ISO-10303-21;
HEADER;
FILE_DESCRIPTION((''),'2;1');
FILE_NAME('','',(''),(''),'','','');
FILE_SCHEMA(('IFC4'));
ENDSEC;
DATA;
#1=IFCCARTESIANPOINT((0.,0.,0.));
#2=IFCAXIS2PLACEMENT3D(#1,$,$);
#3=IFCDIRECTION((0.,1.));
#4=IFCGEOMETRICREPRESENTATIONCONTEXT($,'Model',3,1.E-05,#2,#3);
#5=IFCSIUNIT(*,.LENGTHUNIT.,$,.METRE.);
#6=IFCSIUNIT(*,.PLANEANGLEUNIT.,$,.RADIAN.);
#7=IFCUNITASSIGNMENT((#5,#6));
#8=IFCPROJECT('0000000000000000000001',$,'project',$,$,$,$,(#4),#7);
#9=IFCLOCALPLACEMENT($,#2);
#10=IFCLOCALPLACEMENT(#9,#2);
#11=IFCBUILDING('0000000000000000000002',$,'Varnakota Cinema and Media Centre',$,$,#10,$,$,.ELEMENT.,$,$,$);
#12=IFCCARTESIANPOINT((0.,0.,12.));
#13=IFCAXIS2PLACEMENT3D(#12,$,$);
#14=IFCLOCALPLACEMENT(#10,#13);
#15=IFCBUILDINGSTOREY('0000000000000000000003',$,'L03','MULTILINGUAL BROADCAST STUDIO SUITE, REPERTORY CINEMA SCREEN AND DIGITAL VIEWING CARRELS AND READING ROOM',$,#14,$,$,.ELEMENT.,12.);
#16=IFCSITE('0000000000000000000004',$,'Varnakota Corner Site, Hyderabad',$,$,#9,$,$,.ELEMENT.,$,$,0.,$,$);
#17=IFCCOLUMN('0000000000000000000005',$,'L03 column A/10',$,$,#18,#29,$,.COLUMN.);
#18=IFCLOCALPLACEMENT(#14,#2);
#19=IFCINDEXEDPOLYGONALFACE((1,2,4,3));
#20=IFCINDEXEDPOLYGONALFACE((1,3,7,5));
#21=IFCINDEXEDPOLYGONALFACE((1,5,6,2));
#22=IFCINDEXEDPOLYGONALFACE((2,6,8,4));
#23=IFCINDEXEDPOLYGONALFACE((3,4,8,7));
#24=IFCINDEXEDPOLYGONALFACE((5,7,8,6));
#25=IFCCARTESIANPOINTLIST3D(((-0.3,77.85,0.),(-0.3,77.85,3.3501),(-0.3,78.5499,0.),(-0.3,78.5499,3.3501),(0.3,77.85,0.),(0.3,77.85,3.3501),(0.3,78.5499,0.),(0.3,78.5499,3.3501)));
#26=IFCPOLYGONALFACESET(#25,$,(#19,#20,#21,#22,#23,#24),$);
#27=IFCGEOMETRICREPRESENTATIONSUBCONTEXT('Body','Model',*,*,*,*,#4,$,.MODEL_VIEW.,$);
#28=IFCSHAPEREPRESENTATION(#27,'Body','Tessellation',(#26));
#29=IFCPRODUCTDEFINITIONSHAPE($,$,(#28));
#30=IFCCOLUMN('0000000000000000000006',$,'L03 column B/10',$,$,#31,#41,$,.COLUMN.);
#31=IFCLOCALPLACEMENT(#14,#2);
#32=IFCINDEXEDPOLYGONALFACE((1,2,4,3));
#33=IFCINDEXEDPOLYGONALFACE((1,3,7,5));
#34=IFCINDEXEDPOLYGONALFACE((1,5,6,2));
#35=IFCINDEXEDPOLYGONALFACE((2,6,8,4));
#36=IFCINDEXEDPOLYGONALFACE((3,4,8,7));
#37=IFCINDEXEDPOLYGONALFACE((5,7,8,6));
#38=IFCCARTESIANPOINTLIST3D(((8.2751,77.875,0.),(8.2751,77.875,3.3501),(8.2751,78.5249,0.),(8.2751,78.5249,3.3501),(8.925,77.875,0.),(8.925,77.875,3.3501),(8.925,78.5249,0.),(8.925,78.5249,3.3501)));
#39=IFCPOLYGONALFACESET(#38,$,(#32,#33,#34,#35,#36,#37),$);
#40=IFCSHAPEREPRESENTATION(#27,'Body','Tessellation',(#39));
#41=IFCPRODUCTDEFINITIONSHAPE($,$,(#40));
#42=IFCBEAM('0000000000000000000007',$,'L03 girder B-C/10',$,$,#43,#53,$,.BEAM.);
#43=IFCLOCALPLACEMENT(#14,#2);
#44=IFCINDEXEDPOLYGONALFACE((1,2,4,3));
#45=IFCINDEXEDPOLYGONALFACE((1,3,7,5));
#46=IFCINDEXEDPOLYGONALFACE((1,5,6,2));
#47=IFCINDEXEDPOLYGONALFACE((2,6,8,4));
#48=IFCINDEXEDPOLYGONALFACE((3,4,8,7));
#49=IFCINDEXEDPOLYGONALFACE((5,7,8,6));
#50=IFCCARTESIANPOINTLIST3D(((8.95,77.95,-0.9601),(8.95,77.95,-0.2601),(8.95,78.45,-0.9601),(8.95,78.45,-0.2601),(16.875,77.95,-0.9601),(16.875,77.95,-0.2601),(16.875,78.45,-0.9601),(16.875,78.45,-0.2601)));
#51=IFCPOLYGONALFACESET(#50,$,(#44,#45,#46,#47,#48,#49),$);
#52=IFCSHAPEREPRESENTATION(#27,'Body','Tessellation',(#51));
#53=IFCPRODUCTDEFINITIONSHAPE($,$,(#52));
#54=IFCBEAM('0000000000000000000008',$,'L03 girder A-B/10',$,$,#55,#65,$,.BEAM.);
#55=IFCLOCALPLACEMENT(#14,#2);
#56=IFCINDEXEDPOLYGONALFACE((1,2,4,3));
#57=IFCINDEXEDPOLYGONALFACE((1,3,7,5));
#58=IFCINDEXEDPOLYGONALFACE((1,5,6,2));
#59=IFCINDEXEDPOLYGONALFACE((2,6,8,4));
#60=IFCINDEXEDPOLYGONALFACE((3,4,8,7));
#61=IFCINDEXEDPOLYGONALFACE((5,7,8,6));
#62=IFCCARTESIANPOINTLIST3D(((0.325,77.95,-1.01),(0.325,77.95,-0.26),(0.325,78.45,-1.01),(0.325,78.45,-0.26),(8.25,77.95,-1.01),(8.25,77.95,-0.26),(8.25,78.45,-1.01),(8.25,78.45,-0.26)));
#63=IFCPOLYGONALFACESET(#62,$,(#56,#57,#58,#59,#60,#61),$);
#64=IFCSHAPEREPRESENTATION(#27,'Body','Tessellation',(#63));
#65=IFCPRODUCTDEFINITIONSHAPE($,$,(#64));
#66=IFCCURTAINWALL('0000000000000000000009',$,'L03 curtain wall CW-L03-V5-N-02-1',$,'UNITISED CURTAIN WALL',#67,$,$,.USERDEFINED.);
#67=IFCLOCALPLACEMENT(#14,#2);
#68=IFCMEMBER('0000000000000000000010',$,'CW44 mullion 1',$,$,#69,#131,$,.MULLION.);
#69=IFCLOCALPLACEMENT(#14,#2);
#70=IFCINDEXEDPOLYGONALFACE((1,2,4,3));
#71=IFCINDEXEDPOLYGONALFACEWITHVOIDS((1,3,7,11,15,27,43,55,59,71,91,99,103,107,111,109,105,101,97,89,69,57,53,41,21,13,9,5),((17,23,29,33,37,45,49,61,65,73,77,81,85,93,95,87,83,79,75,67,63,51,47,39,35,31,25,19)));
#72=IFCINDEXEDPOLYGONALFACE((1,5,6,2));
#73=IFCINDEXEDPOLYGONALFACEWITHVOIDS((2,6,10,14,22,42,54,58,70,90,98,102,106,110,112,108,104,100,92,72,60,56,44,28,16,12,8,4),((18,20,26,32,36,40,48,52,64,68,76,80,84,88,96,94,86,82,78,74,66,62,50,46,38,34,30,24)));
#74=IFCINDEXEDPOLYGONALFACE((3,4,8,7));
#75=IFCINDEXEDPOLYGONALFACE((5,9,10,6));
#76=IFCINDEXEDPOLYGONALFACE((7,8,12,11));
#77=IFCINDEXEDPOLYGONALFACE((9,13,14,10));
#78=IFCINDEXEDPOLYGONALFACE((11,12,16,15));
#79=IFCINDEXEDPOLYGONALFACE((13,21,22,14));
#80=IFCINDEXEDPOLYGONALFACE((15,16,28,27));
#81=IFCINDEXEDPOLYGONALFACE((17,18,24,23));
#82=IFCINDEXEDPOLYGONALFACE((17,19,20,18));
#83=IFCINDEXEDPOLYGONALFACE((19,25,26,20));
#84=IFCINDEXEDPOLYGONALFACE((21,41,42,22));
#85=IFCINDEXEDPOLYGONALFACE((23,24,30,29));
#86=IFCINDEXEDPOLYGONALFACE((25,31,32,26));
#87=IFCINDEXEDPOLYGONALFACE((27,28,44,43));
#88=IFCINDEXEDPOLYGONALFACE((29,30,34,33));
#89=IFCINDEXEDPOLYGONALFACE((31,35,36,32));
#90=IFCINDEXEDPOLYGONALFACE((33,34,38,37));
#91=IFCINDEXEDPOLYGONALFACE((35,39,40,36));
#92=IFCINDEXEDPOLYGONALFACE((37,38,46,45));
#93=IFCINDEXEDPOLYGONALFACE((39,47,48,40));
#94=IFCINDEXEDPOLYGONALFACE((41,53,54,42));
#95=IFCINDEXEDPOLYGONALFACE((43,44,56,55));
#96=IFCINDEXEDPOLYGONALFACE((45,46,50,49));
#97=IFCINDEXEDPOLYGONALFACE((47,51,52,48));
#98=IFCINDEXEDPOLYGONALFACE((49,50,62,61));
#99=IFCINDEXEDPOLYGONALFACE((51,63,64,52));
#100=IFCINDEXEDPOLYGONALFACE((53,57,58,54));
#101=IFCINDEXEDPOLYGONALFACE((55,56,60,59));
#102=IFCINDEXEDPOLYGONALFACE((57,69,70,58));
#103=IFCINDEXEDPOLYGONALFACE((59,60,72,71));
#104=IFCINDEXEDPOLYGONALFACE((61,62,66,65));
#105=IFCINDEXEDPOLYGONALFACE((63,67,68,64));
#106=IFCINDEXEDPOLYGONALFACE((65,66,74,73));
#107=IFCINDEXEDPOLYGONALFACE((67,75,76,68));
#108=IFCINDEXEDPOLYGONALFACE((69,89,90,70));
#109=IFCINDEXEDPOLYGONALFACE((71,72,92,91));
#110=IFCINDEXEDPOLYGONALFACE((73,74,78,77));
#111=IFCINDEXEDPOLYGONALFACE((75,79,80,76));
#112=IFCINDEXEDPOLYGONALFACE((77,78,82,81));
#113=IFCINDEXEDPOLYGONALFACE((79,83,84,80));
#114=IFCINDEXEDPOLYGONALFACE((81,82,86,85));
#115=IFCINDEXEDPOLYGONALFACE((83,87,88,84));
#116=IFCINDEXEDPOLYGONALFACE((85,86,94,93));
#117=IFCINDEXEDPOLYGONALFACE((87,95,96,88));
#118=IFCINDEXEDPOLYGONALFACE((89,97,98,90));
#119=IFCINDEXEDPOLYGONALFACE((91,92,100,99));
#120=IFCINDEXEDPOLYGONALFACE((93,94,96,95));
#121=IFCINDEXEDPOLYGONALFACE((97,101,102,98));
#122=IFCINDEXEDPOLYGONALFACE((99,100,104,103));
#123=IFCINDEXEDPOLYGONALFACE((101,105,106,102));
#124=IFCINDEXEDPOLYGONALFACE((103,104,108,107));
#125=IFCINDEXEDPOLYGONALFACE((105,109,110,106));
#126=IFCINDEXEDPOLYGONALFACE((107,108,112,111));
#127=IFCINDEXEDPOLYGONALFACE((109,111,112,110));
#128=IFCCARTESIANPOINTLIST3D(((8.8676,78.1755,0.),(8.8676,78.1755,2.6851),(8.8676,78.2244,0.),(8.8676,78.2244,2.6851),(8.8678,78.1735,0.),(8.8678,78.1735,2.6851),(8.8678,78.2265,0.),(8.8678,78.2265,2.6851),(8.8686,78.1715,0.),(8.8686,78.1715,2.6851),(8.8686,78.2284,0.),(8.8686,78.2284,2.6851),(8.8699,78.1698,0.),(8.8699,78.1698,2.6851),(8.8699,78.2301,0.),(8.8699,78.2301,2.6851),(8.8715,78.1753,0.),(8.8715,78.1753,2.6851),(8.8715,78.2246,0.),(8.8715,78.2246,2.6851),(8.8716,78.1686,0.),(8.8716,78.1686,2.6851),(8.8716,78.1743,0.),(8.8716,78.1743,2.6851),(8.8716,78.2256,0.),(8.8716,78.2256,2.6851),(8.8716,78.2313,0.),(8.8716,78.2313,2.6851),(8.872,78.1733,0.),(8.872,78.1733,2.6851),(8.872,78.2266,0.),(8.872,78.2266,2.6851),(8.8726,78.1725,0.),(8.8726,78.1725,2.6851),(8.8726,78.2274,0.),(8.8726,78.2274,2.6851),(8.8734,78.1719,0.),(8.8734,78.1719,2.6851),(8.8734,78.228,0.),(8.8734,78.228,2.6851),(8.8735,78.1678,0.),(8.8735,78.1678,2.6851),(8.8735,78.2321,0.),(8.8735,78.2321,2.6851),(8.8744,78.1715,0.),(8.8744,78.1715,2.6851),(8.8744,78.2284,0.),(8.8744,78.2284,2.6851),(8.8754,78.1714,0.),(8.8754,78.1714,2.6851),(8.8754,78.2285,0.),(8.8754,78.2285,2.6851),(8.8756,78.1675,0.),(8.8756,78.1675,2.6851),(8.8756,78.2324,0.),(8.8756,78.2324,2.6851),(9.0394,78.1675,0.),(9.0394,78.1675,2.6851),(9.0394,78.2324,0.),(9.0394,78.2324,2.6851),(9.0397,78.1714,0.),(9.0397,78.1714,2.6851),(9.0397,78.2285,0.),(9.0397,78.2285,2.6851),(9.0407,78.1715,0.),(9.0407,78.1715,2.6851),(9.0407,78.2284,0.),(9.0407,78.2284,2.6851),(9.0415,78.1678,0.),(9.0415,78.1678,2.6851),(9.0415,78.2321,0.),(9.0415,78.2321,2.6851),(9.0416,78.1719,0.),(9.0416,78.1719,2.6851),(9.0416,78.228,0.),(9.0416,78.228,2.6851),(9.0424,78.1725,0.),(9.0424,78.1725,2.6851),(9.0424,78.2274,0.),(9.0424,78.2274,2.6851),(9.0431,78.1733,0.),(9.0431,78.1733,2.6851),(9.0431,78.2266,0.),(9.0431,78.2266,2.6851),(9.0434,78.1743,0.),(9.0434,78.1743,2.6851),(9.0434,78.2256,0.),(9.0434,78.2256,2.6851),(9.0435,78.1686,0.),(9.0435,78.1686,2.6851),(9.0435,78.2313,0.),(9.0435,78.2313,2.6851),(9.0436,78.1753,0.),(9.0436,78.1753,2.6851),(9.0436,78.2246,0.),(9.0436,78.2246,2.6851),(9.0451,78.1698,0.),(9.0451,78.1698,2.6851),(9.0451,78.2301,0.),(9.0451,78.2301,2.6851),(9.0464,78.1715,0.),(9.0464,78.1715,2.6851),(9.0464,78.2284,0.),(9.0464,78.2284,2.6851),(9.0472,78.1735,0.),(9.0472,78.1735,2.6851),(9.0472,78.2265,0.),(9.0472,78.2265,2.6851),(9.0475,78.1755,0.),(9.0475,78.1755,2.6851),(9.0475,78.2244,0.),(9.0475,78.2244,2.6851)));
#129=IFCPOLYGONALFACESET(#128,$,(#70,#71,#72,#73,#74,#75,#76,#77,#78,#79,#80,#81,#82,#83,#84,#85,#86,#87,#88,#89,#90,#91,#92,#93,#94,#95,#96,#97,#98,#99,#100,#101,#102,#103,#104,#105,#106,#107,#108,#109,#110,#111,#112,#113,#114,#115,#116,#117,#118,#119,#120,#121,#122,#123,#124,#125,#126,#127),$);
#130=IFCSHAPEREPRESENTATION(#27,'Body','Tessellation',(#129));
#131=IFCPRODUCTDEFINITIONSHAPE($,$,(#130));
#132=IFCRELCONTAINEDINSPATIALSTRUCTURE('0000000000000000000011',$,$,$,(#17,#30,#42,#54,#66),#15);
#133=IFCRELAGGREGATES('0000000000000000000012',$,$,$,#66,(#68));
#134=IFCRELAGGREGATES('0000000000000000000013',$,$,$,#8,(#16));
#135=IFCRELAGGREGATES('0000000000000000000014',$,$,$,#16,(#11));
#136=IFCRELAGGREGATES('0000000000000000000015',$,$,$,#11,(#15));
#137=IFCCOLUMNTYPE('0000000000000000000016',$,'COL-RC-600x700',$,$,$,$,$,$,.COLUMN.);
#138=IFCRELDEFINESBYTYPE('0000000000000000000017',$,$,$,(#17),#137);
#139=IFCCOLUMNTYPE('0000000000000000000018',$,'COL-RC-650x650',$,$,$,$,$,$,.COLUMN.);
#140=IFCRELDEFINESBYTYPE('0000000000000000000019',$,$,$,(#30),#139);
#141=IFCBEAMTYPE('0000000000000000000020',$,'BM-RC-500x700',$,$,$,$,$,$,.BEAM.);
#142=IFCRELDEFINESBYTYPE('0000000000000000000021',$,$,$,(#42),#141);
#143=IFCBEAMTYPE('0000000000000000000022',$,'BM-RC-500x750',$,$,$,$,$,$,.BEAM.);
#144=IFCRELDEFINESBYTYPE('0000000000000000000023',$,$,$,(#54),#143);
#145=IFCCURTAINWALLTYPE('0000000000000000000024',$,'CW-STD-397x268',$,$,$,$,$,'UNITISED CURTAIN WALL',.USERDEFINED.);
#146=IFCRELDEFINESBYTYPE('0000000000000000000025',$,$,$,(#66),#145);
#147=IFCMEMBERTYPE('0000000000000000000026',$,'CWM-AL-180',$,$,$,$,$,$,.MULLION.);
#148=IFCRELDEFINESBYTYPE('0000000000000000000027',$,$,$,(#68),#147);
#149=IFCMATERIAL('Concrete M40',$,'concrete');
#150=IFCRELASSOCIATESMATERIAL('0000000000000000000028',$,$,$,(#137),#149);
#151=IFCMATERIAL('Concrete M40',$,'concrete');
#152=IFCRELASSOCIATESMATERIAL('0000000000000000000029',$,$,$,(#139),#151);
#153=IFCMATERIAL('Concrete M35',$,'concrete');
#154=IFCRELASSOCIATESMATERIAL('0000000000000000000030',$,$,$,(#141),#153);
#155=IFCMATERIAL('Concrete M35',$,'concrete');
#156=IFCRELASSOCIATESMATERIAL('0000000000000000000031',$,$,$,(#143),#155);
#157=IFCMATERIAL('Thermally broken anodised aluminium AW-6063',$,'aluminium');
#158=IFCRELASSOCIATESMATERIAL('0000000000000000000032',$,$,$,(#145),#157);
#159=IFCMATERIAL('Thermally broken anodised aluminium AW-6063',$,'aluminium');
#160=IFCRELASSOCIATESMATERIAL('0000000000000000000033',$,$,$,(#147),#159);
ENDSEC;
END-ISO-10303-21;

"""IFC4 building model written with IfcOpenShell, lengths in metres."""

from ifc_helpers import new_model, si_unit, direction, frame, origin, origin_2d, place, context, subcontext, project, spatial, rectangle, hollow_rectangle, extrude, material, material_profile, profile_set, type_object, element, aggregate, save


model = new_model("IFC4")

# Units and contexts
model_context = context("Model", 3, precision=1e-05, world=origin(), true_north=direction((0.0, 1.0)))
body_context = subcontext(model_context, "Body", "Model", "MODEL_VIEW")
ifc_project = project(units=[si_unit("LENGTHUNIT", "METRE"), si_unit("PLANEANGLEUNIT", "RADIAN")], contexts=[model_context])

# Site, building, storey
site_placement = place(None, origin())
site = spatial("IfcSite", under=ifc_project, at=site_placement, Name="Varnakota Corner Site, Hyderabad", CompositionType="ELEMENT", RefElevation=0.0)
building_placement = place(site_placement, origin())
building = spatial("IfcBuilding", under=site, at=building_placement, Name="Varnakota Cinema and Media Centre", CompositionType="ELEMENT")
storey_placement = place(building_placement, frame((0.0, 0.0, 12.0)))
storey = spatial("IfcBuildingStorey", under=building, at=storey_placement, Name="L03", Description="MULTILINGUAL BROADCAST STUDIO SUITE, REPERTORY CINEMA SCREEN AND DIGITAL VIEWING CARRELS AND READING ROOM", CompositionType="ELEMENT", Elevation=12.0)

# Columns
ifc_material_1 = material(Name="Concrete M40", Category="concrete")
ifc_material_profile_1 = material_profile(ifc_material_1, rectangle(XDim=0.6001, YDim=0.7, at=origin_2d()), Name="RC 600x700")
ifc_profile_set_1 = profile_set([ifc_material_profile_1], Name="Concrete M40")
column_type_1 = type_object("IfcColumnType", Name="COL-RC-600x700", PredefinedType="COLUMN", material=ifc_profile_set_1)
column_1_placement = place(storey_placement, frame((0.0, 78.2, 0.0), z_axis=(0.0, 0.0, 1.0), x_axis=(1.0, 0.0, 0.0)))
element("IfcColumn", 1, at=column_1_placement, inside=storey, type_object=column_type_1, Name="L03 column A/10", PredefinedType="COLUMN", context=body_context, shape_type="SweptSolid", body=[
    extrude(rectangle(XDim=0.6001, YDim=0.7, at=origin_2d()), origin(), (0.0, 0.0, 1.0), 3.3501),
])
ifc_material_2 = material(Name="Concrete M40", Category="concrete")
ifc_material_profile_2 = material_profile(ifc_material_2, rectangle(XDim=0.6499, YDim=0.6499, at=origin_2d()), Name="RC 650x650")
ifc_profile_set_2 = profile_set([ifc_material_profile_2], Name="Concrete M40")
column_type_2 = type_object("IfcColumnType", Name="COL-RC-650x650", PredefinedType="COLUMN", material=ifc_profile_set_2)
column_2_placement = place(storey_placement, frame((8.6001, 78.2, 0.0), z_axis=(0.0, 0.0, 1.0), x_axis=(1.0, 0.0, 0.0)))
element("IfcColumn", 2, at=column_2_placement, inside=storey, type_object=column_type_2, Name="L03 column B/10", PredefinedType="COLUMN", context=body_context, shape_type="SweptSolid", body=[
    extrude(rectangle(XDim=0.6499, YDim=0.6499, at=origin_2d()), origin(), (0.0, 0.0, 1.0), 3.3501),
])

# Beams
ifc_material_3 = material(Name="Concrete M35", Category="concrete")
ifc_material_profile_3 = material_profile(ifc_material_3, rectangle(XDim=0.5, YDim=0.7, at=origin_2d()), Name="RCB 500x700")
ifc_profile_set_3 = profile_set([ifc_material_profile_3], Name="Concrete M35")
beam_type_1 = type_object("IfcBeamType", Name="BM-RC-500x700", PredefinedType="BEAM", material=ifc_profile_set_3)
beam_1_placement = place(storey_placement, frame((8.95, 78.2, -0.6101), z_axis=(1.0, 0.0, 0.0), x_axis=(0.0, 1.0, 0.0)))
element("IfcBeam", 3, at=beam_1_placement, inside=storey, type_object=beam_type_1, Name="L03 girder B-C/10", PredefinedType="BEAM", context=body_context, shape_type="SweptSolid", body=[
    extrude(rectangle(XDim=0.5, YDim=0.7, at=origin_2d()), origin(), (0.0, 0.0, 1.0), 7.925),
])
ifc_material_4 = material(Name="Concrete M35", Category="concrete")
ifc_material_profile_4 = material_profile(ifc_material_4, rectangle(XDim=0.5, YDim=0.75, at=origin_2d()), Name="RCB 500x750")
ifc_profile_set_4 = profile_set([ifc_material_profile_4], Name="Concrete M35")
beam_type_2 = type_object("IfcBeamType", Name="BM-RC-500x750", PredefinedType="BEAM", material=ifc_profile_set_4)
beam_2_placement = place(storey_placement, frame((0.325, 78.2, -0.635), z_axis=(1.0, 0.0, 0.0), x_axis=(0.0, 1.0, 0.0)))
element("IfcBeam", 4, at=beam_2_placement, inside=storey, type_object=beam_type_2, Name="L03 girder A-B/10", PredefinedType="BEAM", context=body_context, shape_type="SweptSolid", body=[
    extrude(rectangle(XDim=0.5, YDim=0.75, at=origin_2d()), origin(), (0.0, 0.0, 1.0), 7.925),
])

# Curtain wall, member
ifc_material_5 = material(Name="Thermally broken anodised aluminium AW-6063", Category="aluminium")
curtain_wall_type = type_object("IfcCurtainWallType", Name="CW-STD-397x268", ElementType="UNITISED CURTAIN WALL", PredefinedType="USERDEFINED", material=ifc_material_5)
curtain_wall_placement = place(storey_placement, origin())
curtain_wall = element("IfcCurtainWall", 5, at=curtain_wall_placement, inside=storey, type_object=curtain_wall_type, Name="L03 curtain wall CW-L03-V5-N-02-1", ObjectType="UNITISED CURTAIN WALL", PredefinedType="USERDEFINED")
ifc_material_6 = material(Name="Thermally broken anodised aluminium AW-6063", Category="aluminium")
ifc_material_profile_5 = material_profile(ifc_material_6, hollow_rectangle(XDim=0.0649, YDim=0.1799, WallThickness=0.0039, InnerFilletRadius=0.0039, OuterFilletRadius=0.0081, at=origin_2d()), Name="AL-MULLION 180x65x4")
ifc_profile_set_5 = profile_set([ifc_material_profile_5], Name="Thermally broken anodised aluminium AW-6063")
member_type_1 = type_object("IfcMemberType", Name="CWM-AL-180", PredefinedType="MULLION", material=ifc_profile_set_5)
member_1_placement = place(storey_placement, frame((8.9575, 78.2, 0.0), z_axis=(0.0, 0.0, 1.0), x_axis=(0.0, 1.0, 0.0)))
member_1 = element("IfcMember", 6, at=member_1_placement, type_object=member_type_1, Name="CW44 mullion 1", PredefinedType="MULLION", context=body_context, shape_type="SweptSolid", body=[
    extrude(hollow_rectangle(XDim=0.0649, YDim=0.1799, WallThickness=0.0039, InnerFilletRadius=0.0039, OuterFilletRadius=0.0081, at=origin_2d()), origin(), (0.0, 0.0, 1.0), 2.6851),
])
aggregate(curtain_wall, [member_1])

save(model, "model.ifc")
